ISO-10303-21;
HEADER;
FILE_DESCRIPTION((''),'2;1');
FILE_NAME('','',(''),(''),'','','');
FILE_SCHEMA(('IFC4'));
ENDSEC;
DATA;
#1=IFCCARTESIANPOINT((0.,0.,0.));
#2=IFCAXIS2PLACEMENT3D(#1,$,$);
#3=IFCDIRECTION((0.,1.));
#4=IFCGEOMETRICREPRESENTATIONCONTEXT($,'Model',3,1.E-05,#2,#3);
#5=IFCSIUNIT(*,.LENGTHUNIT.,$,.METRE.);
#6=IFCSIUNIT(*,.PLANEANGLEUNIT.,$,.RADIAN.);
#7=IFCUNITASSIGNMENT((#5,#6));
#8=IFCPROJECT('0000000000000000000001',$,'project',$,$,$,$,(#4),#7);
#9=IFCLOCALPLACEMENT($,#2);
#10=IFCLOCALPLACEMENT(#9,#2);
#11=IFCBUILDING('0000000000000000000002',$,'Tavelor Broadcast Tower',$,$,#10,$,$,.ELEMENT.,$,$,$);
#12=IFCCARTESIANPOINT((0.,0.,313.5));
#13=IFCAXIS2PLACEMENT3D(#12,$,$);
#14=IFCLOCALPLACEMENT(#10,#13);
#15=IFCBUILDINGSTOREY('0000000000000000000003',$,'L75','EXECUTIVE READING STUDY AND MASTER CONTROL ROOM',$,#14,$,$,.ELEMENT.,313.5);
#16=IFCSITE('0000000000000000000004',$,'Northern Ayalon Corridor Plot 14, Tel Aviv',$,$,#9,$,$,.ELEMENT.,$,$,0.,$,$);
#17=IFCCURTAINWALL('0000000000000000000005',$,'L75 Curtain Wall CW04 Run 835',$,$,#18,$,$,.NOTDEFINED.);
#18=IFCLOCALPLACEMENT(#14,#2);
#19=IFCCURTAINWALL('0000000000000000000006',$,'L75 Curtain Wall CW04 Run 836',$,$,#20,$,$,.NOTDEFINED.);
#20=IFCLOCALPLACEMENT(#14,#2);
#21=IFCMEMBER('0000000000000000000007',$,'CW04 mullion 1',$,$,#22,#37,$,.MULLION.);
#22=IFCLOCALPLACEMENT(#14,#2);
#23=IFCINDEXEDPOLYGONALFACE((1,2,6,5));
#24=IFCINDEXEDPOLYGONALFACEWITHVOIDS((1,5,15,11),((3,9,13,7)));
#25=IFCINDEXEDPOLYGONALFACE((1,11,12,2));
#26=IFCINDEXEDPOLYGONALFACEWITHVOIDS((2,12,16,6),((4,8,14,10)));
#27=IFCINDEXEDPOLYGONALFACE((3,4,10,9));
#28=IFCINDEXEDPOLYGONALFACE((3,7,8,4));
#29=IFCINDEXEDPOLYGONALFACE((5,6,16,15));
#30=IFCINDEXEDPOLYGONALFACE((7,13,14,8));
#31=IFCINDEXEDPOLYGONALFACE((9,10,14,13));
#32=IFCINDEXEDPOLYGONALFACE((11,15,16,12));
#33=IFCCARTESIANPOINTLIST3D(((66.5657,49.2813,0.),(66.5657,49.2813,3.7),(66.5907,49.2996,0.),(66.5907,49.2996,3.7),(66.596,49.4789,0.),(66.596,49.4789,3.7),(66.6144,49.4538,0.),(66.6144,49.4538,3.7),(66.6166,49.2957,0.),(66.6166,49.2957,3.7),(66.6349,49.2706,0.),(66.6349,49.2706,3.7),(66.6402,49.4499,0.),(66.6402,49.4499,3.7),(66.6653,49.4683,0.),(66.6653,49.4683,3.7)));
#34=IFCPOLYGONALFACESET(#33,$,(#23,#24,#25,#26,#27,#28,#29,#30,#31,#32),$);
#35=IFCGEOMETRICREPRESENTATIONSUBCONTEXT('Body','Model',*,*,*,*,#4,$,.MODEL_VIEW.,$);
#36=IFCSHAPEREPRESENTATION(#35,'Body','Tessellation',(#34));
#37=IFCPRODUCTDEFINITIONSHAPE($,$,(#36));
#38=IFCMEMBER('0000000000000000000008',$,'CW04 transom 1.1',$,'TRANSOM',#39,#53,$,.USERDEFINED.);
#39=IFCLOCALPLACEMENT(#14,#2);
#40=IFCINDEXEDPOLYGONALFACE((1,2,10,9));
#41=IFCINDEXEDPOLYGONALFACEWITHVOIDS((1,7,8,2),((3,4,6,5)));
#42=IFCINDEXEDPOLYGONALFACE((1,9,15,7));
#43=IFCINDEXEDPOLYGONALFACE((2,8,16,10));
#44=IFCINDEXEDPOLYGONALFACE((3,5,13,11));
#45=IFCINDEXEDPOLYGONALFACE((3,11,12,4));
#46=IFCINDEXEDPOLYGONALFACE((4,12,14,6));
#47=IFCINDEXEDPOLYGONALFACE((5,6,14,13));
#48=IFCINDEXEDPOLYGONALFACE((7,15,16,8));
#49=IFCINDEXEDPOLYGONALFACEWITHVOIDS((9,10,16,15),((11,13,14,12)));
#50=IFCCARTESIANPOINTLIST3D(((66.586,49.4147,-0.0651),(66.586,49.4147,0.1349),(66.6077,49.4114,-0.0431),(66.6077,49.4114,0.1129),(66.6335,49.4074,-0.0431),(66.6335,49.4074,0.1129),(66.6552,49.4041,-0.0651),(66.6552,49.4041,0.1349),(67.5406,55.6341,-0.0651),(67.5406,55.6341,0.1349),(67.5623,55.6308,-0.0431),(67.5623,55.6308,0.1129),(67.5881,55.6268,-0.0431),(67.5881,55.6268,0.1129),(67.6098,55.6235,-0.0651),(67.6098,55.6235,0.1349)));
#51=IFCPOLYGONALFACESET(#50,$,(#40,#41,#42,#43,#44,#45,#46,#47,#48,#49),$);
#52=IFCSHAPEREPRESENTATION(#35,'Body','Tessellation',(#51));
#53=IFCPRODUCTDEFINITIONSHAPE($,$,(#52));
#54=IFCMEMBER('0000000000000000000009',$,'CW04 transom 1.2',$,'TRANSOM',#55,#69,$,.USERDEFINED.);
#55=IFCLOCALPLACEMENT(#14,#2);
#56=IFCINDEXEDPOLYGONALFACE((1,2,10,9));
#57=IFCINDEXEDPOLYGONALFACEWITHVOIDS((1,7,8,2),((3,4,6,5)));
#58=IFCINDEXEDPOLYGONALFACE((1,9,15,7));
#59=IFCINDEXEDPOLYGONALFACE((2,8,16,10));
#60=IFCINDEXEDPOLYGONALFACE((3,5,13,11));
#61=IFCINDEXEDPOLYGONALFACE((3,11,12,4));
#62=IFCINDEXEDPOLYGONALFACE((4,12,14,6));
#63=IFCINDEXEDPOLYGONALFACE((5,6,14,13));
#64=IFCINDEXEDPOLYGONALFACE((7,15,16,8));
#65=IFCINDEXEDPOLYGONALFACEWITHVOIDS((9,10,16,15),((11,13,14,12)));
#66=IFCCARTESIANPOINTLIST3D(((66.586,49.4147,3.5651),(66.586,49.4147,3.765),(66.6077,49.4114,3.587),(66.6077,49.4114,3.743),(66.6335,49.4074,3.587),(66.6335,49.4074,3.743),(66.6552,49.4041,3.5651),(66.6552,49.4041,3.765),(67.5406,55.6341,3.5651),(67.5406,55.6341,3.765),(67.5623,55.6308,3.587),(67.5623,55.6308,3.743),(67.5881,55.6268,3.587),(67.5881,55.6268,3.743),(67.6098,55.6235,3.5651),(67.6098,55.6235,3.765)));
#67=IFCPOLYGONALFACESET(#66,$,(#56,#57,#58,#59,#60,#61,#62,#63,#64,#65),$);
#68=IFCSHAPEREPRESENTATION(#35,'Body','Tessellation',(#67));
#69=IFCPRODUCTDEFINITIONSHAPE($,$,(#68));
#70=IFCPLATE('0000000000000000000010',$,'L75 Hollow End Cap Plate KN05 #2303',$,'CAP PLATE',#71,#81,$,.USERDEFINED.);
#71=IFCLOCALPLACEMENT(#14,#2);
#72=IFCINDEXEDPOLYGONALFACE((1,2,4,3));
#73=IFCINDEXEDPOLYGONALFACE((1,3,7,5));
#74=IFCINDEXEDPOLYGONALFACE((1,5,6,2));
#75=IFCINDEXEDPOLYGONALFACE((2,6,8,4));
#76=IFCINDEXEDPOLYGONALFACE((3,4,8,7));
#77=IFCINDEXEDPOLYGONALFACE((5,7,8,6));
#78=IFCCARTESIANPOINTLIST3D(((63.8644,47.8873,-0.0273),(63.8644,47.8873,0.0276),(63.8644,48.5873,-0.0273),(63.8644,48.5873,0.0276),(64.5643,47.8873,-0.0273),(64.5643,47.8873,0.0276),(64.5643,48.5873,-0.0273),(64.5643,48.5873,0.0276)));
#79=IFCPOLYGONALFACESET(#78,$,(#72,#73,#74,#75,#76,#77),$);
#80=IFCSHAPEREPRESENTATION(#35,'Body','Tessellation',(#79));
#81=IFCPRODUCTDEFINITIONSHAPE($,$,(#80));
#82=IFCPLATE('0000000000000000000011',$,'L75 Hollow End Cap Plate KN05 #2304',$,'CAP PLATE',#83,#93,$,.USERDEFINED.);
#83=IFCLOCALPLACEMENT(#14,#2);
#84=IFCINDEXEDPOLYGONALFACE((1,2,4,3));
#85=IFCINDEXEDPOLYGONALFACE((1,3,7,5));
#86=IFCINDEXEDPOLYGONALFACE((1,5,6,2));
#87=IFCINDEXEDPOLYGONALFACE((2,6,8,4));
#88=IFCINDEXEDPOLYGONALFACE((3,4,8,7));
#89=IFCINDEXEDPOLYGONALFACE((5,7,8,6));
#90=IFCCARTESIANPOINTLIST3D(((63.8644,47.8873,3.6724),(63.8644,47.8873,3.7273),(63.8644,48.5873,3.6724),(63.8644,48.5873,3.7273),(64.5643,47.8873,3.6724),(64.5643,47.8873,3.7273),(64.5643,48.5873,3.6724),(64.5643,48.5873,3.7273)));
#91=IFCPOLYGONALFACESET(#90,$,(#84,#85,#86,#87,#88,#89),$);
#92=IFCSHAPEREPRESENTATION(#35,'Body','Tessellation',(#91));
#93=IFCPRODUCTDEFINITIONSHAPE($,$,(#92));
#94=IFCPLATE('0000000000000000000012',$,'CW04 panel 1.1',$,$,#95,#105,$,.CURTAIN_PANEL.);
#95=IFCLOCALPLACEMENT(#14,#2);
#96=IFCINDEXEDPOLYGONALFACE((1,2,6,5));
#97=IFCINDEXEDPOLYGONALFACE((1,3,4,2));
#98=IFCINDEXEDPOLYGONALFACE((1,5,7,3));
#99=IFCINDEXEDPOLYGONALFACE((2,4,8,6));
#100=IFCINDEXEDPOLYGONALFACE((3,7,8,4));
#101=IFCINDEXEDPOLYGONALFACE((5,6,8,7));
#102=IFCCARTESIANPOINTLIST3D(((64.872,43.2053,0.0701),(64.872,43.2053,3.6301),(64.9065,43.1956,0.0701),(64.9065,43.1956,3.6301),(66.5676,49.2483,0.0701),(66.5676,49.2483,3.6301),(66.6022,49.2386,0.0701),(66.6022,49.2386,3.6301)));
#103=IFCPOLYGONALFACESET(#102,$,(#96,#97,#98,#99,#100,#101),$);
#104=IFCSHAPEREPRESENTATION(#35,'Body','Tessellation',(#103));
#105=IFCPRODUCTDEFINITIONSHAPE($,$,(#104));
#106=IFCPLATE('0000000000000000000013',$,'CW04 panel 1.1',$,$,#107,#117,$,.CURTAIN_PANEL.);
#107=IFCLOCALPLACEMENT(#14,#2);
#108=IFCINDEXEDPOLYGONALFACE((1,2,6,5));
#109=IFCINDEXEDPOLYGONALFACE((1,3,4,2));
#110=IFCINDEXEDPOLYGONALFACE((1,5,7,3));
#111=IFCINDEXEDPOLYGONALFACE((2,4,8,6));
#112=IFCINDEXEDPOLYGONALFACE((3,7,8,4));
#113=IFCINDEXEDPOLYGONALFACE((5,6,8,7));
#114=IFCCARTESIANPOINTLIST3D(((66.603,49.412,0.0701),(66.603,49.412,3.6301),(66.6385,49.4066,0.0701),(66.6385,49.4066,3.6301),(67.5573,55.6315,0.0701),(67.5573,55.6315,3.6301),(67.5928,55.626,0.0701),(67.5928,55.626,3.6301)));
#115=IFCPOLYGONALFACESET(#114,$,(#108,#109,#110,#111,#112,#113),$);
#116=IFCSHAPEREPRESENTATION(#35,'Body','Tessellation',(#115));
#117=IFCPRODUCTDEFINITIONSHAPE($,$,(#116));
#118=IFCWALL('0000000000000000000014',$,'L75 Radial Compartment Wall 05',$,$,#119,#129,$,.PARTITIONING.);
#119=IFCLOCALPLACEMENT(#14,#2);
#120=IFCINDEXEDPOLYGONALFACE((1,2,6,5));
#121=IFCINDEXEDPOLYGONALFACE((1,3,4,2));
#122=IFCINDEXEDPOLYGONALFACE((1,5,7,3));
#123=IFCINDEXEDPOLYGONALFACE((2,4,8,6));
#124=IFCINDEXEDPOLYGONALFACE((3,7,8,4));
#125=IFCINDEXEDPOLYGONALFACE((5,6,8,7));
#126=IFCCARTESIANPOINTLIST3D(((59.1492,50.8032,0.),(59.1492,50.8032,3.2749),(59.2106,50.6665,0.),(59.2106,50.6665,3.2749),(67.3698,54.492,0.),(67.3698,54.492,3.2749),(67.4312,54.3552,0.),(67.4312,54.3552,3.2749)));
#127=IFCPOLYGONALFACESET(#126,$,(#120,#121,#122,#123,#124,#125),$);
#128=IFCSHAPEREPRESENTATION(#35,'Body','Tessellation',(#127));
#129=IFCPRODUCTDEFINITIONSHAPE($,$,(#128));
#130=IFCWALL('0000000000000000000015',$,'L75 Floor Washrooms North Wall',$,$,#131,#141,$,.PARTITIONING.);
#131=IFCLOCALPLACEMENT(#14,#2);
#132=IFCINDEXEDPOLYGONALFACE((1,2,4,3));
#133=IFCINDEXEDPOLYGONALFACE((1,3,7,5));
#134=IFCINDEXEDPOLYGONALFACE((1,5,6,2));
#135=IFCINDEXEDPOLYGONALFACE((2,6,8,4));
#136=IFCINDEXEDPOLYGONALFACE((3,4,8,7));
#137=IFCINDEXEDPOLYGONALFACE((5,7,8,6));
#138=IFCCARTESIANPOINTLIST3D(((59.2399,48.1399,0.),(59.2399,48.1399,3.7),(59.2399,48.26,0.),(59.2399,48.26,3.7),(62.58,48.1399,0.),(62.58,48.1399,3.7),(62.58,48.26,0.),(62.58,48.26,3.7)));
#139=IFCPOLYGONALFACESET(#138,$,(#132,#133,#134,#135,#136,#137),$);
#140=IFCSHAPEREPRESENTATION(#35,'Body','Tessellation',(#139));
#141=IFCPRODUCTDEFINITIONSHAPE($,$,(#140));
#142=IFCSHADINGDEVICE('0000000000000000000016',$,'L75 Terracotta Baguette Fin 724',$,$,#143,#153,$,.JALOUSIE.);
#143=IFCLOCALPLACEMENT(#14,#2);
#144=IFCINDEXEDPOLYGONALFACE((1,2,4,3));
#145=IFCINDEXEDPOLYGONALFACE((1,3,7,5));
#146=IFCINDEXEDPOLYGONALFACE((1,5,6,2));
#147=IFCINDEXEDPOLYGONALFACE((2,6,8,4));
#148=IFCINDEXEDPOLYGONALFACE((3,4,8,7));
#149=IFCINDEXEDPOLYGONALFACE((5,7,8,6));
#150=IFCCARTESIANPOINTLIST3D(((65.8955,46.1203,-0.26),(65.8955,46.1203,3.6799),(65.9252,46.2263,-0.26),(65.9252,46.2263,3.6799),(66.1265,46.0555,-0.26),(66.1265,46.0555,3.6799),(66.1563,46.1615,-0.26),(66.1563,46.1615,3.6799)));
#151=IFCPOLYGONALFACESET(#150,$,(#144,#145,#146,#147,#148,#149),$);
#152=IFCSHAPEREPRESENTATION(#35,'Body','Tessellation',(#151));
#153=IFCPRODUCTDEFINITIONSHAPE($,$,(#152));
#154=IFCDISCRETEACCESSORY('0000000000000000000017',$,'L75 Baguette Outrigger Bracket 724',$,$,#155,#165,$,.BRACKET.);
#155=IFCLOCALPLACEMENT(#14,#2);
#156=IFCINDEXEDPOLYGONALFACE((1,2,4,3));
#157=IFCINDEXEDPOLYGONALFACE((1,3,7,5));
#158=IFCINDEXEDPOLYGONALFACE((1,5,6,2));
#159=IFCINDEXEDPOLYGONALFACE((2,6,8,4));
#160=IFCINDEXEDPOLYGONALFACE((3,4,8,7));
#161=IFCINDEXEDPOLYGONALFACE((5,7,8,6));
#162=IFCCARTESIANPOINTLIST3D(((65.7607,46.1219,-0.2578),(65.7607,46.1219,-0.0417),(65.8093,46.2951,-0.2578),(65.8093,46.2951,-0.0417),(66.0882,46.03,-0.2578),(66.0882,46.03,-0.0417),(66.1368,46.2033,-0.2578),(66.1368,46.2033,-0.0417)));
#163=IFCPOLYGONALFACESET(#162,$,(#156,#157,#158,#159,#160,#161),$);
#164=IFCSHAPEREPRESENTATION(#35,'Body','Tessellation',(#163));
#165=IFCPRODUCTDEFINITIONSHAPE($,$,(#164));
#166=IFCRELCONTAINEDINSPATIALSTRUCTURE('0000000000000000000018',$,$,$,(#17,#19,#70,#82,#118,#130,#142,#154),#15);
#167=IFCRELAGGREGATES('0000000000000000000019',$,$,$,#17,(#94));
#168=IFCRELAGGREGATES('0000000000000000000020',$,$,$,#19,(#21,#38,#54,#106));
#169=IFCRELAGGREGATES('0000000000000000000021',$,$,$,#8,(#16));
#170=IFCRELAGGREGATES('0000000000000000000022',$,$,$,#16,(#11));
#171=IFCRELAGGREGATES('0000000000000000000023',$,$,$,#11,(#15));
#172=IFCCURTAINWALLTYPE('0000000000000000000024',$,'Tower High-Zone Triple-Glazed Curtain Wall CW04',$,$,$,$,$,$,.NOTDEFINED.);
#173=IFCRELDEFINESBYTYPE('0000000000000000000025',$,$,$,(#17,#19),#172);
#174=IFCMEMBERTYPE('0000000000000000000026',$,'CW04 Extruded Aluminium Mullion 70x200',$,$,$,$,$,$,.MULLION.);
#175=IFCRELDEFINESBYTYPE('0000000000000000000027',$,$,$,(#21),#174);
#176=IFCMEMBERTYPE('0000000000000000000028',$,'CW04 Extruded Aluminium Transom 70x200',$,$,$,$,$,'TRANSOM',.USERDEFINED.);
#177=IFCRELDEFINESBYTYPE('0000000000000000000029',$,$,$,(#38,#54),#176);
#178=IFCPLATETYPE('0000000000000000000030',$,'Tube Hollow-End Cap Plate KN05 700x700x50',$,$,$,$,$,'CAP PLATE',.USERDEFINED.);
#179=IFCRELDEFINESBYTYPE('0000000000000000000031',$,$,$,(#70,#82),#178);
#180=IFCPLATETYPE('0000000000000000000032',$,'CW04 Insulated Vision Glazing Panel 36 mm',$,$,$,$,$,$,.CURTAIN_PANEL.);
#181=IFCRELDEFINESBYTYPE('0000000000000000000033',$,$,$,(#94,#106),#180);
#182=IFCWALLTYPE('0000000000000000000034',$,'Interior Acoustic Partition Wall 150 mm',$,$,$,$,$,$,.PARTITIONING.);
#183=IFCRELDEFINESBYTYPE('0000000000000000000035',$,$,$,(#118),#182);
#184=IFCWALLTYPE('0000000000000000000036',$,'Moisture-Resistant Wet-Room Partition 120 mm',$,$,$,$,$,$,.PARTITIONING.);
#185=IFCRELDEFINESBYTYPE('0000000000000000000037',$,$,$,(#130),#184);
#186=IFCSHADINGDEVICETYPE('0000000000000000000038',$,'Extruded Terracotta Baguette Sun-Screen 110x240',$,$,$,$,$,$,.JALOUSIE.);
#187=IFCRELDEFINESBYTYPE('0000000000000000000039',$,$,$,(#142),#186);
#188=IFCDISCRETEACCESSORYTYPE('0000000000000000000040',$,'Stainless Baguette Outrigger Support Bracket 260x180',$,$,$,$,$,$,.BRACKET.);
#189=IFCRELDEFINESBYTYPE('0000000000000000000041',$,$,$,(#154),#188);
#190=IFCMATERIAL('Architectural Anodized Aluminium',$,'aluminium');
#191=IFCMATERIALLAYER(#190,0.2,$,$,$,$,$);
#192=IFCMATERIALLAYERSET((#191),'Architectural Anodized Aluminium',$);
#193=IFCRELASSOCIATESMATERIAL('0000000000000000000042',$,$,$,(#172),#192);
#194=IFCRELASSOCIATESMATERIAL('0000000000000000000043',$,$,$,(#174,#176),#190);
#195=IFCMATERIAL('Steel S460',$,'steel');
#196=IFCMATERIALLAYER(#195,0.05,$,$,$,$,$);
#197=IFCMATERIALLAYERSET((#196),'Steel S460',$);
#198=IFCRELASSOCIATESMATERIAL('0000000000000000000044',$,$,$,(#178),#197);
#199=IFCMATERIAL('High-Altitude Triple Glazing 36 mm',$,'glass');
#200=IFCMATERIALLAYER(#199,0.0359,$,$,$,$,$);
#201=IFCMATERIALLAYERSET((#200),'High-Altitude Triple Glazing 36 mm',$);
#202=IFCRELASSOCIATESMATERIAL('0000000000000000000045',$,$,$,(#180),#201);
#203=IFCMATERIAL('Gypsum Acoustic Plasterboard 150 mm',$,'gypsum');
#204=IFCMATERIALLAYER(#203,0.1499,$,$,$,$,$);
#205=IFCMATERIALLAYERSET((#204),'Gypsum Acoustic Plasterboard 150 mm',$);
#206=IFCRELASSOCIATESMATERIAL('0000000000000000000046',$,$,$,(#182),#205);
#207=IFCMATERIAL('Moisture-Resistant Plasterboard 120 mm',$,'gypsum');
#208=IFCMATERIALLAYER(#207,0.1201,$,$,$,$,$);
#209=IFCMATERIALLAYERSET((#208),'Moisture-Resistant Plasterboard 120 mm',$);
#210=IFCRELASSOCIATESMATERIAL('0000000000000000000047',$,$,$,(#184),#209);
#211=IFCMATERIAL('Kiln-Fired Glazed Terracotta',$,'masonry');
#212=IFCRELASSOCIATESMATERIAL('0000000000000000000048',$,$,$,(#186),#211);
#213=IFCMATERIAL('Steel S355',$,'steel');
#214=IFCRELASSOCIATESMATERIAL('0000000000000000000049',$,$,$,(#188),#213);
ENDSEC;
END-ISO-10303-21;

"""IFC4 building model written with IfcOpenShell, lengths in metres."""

from ifc_helpers import new_model, si_unit, direction, frame, frame_2d, origin, origin_2d, place, context, subcontext, project, spatial, rectangle, hollow_rectangle, extrude, source, transform, mapped, material, layer, layer_set, material_profile, profile_set, type_object, type_shapes, element, aggregate, save


model = new_model("IFC4")

# Units and contexts
model_context = context("Model", 3, precision=1e-05, world=origin(), true_north=direction((0.0, 1.0)))
body_context = subcontext(model_context, "Body", "Model", "MODEL_VIEW")
ifc_project = project(units=[si_unit("LENGTHUNIT", "METRE"), si_unit("PLANEANGLEUNIT", "RADIAN")], contexts=[model_context])

# Site, building, storey
site_placement = place(None, origin())
site = spatial("IfcSite", under=ifc_project, at=site_placement, Name="Northern Ayalon Corridor Plot 14, Tel Aviv", CompositionType="ELEMENT", RefElevation=0.0)
building_placement = place(site_placement, origin())
building = spatial("IfcBuilding", under=site, at=building_placement, Name="Tavelor Broadcast Tower", CompositionType="ELEMENT")
storey_placement = place(building_placement, frame((0.0, 0.0, 313.5)))
storey = spatial("IfcBuildingStorey", under=building, at=storey_placement, Name="L75", Description="EXECUTIVE READING STUDY AND MASTER CONTROL ROOM", CompositionType="ELEMENT", Elevation=313.5)

# Shared definitions
ifc_material_1 = material(Name="Steel S460", Category="steel")

# Shared definitions
ifc_material_2 = material(Name="Steel S355", Category="steel")

# Curtain wall
ifc_material_3 = material(Name="Architectural Anodized Aluminium", Category="aluminium")
ifc_layer_1 = layer(ifc_material_3, 0.2)
ifc_layer_set_1 = layer_set([ifc_layer_1], Name="Architectural Anodized Aluminium")
curtain_wall_type = type_object("IfcCurtainWallType", Name="Tower High-Zone Triple-Glazed Curtain Wall CW04", PredefinedType="NOTDEFINED", material=ifc_layer_set_1)
curtain_wall_1_placement = place(storey_placement, origin())
curtain_wall_1 = element("IfcCurtainWall", 1, at=curtain_wall_1_placement, inside=storey, type_object=curtain_wall_type, Name="L75 Curtain Wall CW04 Run 835", PredefinedType="NOTDEFINED")
ifc_material_profile_1 = material_profile(ifc_material_3, hollow_rectangle(XDim=0.0701, YDim=0.2, WallThickness=0.022, at=origin_2d()), Name="RHS 70x200x22")
ifc_profile_set_1 = profile_set([ifc_material_profile_1], Name="Architectural Anodized Aluminium")
member_type_1 = type_object("IfcMemberType", Name="CW04 Extruded Aluminium Mullion 70x200", PredefinedType="MULLION", material=ifc_profile_set_1)
shared_shape_1 = source(origin(), body_context, "Body", "SweptSolid", [
    extrude(hollow_rectangle(XDim=0.0701, YDim=0.2, WallThickness=0.022, at=origin_2d()), origin(), (0.0, 0.0, 1.0), 3.7),
])
type_shapes(member_type_1, [shared_shape_1])

# Curtain wall, members
curtain_wall_2_placement = place(storey_placement, origin())
curtain_wall_2 = element("IfcCurtainWall", 2, at=curtain_wall_2_placement, inside=storey, type_object=curtain_wall_type, Name="L75 Curtain Wall CW04 Run 836", PredefinedType="NOTDEFINED")
member_1_placement = place(storey_placement, frame((66.6155, 49.3748, 0.0), z_axis=(0.0, 0.0, 1.0), x_axis=(-0.988431, 0.151674, 0.0)))
member_1 = element("IfcMember", 3, at=member_1_placement, type_object=member_type_1, Name="CW04 mullion 1", PredefinedType="MULLION", context=body_context, shape_type="MappedRepresentation", body=[
    mapped(shared_shape_1, transform((0.0, 0.0, 0.0), scale=1.0)),
])
ifc_material_profile_2 = material_profile(ifc_material_3, hollow_rectangle(XDim=0.0701, YDim=0.2, WallThickness=0.022, at=origin_2d()), Name="RHS 70x200x22")
ifc_profile_set_2 = profile_set([ifc_material_profile_2], Name="Architectural Anodized Aluminium")
member_type_2 = type_object("IfcMemberType", Name="CW04 Extruded Aluminium Transom 70x200", ElementType="TRANSOM", PredefinedType="USERDEFINED", material=ifc_profile_set_2)
shared_shape_2 = source(origin(), body_context, "Body", "SweptSolid", [
    extrude(hollow_rectangle(XDim=0.0701, YDim=0.2, WallThickness=0.022, at=origin_2d()), origin(), (0.0, 0.0, 1.0), 6.2922),
])
type_shapes(member_type_2, [shared_shape_2])
member_2_placement = place(storey_placement, frame((66.6206, 49.4094, 0.0349), z_axis=(0.151707, 0.988425, 0.0), x_axis=(-0.988425, 0.151707, 0.0)))
member_2 = element("IfcMember", 4, at=member_2_placement, type_object=member_type_2, Name="CW04 transom 1.1", ObjectType="TRANSOM", PredefinedType="USERDEFINED", context=body_context, shape_type="MappedRepresentation", body=[
    mapped(shared_shape_2, transform((0.0, 0.0, 0.0), scale=1.0)),
])
member_3_placement = place(storey_placement, frame((66.6206, 49.4094, 3.665), z_axis=(0.151707, 0.988425, 0.0), x_axis=(-0.988425, 0.151707, 0.0)))
member_3 = element("IfcMember", 5, at=member_3_placement, type_object=member_type_2, Name="CW04 transom 1.2", ObjectType="TRANSOM", PredefinedType="USERDEFINED", context=body_context, shape_type="MappedRepresentation", body=[
    mapped(shared_shape_2, transform((0.0, 0.0, 0.0), scale=1.0)),
])

# Plates
ifc_layer_2 = layer(ifc_material_1, 0.05)
ifc_layer_set_2 = layer_set([ifc_layer_2], Name="Steel S460")
plate_type_1 = type_object("IfcPlateType", Name="Tube Hollow-End Cap Plate KN05 700x700x50", ElementType="CAP PLATE", PredefinedType="USERDEFINED", material=ifc_layer_set_2)
shared_shape_3 = source(origin(), body_context, "Body", "SweptSolid", [
    extrude(rectangle(XDim=0.7, YDim=0.7, at=origin_2d()), origin(), (0.0, 0.0, 1.0), 0.0549),
])
type_shapes(plate_type_1, [shared_shape_3])
for number, where, z_axis, x_axis, name in (
    (6, (64.2144, 48.2373, -0.0273), (0.0, 0.0, 1.0), (1.0, 0.0, 0.0), "L75 Hollow End Cap Plate KN05 #2303"),
    (7, (64.2144, 48.2373, 3.6724), (0.0, 0.0, 1.0), (1.0, 0.0, 0.0), "L75 Hollow End Cap Plate KN05 #2304"),
):
    element("IfcPlate", number, at=place(storey_placement, frame(where, z_axis=z_axis, x_axis=x_axis)), inside=storey, type_object=plate_type_1, Name=name, ObjectType="CAP PLATE", PredefinedType="USERDEFINED", context=body_context, shape_type="MappedRepresentation", body=[
        mapped(shared_shape_3, transform((0.0, 0.0, 0.0), scale=1.0)),
    ])

# Plates
ifc_material_4 = material(Name="High-Altitude Triple Glazing 36 mm", Category="glass")
ifc_layer_3 = layer(ifc_material_4, 0.0359)
ifc_layer_set_3 = layer_set([ifc_layer_3], Name="High-Altitude Triple Glazing 36 mm")
plate_type_2 = type_object("IfcPlateType", Name="CW04 Insulated Vision Glazing Panel 36 mm", PredefinedType="CURTAIN_PANEL", material=ifc_layer_set_3)
shared_shape_4 = source(origin(), body_context, "Body", "SweptSolid", [
    extrude(rectangle(XDim=6.2764, YDim=0.0359, at=origin_2d()), origin(), (0.0, 0.0, 1.0), 3.5601),
])
plate_1_placement = place(storey_placement, frame((65.7371, 46.2219, 0.0701), z_axis=(0.0, 0.0, 1.0), x_axis=(0.270167, 0.962813, 0.0)))
plate_1 = element("IfcPlate", 8, at=plate_1_placement, type_object=plate_type_2, Name="CW04 panel 1.1", PredefinedType="CURTAIN_PANEL", context=body_context, shape_type="MappedRepresentation", body=[
    mapped(shared_shape_4, transform((0.0, 0.0, 0.0), scale=1.0)),
])
aggregate(curtain_wall_1, [plate_1])
shared_shape_5 = source(origin(), body_context, "Body", "SweptSolid", [
    extrude(rectangle(XDim=6.2922, YDim=0.0359, at=origin_2d()), origin(), (0.0, 0.0, 1.0), 3.5601),
])
type_shapes(plate_type_2, [shared_shape_4, shared_shape_5])
plate_2_placement = place(storey_placement, frame((67.0979, 52.519, 0.0701), z_axis=(0.0, 0.0, 1.0), x_axis=(0.151674, 0.988431, 0.0)))
plate_2 = element("IfcPlate", 9, at=plate_2_placement, type_object=plate_type_2, Name="CW04 panel 1.1", PredefinedType="CURTAIN_PANEL", context=body_context, shape_type="MappedRepresentation", body=[
    mapped(shared_shape_5, transform((0.0, 0.0, 0.0), scale=1.0)),
])
aggregate(curtain_wall_2, [member_1, member_2, member_3, plate_2])

# Walls
ifc_material_5 = material(Name="Gypsum Acoustic Plasterboard 150 mm", Category="gypsum")
ifc_layer_4 = layer(ifc_material_5, 0.1499)
ifc_layer_set_4 = layer_set([ifc_layer_4], Name="Gypsum Acoustic Plasterboard 150 mm")
wall_type_1 = type_object("IfcWallType", Name="Interior Acoustic Partition Wall 150 mm", PredefinedType="PARTITIONING", material=ifc_layer_set_4)
wall_1_placement = place(storey_placement, frame((59.1799, 50.7349, 0.0), z_axis=(0.0, 0.0, 1.0), x_axis=(0.912357, 0.409397, 0.0)))
element("IfcWall", 10, at=wall_1_placement, inside=storey, type_object=wall_type_1, Name="L75 Radial Compartment Wall 05", PredefinedType="PARTITIONING", context=body_context, shape_type="SweptSolid", body=[
    extrude(rectangle(XDim=9.0103, YDim=0.1499, at=frame_2d((4.5051, 0.0))), origin(), (0.0, 0.0, 1.0), 3.2749),
])
ifc_material_6 = material(Name="Moisture-Resistant Plasterboard 120 mm", Category="gypsum")
ifc_layer_5 = layer(ifc_material_6, 0.1201)
ifc_layer_set_5 = layer_set([ifc_layer_5], Name="Moisture-Resistant Plasterboard 120 mm")
wall_type_2 = type_object("IfcWallType", Name="Moisture-Resistant Wet-Room Partition 120 mm", PredefinedType="PARTITIONING", material=ifc_layer_set_5)
wall_2_placement = place(storey_placement, frame((59.24, 48.2, 0.0), z_axis=(0.0, 0.0, 1.0), x_axis=(1.0, 0.0, 0.0)))
element("IfcWall", 11, at=wall_2_placement, inside=storey, type_object=wall_type_2, Name="L75 Floor Washrooms North Wall", PredefinedType="PARTITIONING", context=body_context, shape_type="SweptSolid", body=[
    extrude(rectangle(XDim=3.3401, YDim=0.1201, at=frame_2d((1.6699, 0.0))), origin(), (0.0, 0.0, 1.0), 3.7),
])

# Shading device
ifc_material_7 = material(Name="Kiln-Fired Glazed Terracotta", Category="masonry")
shading_device_type = type_object("IfcShadingDeviceType", Name="Extruded Terracotta Baguette Sun-Screen 110x240", PredefinedType="JALOUSIE", material=ifc_material_7)
shared_shape_6 = source(origin(), body_context, "Body", "SweptSolid", [
    extrude(rectangle(XDim=0.1101, YDim=0.24, at=origin_2d()), origin(), (0.0, 0.0, 1.0), 3.9399),
])
type_shapes(shading_device_type, [shared_shape_6])
shading_device_placement = place(storey_placement, frame((66.0259, 46.1409, -0.26), z_axis=(0.0, 0.0, 1.0), x_axis=(0.270096, 0.962833, 0.0)))
element("IfcShadingDevice", 12, at=shading_device_placement, inside=storey, type_object=shading_device_type, Name="L75 Terracotta Baguette Fin 724", PredefinedType="JALOUSIE", context=body_context, shape_type="MappedRepresentation", body=[
    mapped(shared_shape_6, transform((0.0, 0.0, 0.0), scale=1.0)),
])

# Discrete accessory
discrete_accessory_type = type_object("IfcDiscreteAccessoryType", Name="Stainless Baguette Outrigger Support Bracket 260x180", PredefinedType="BRACKET", material=ifc_material_2)
shared_shape_7 = source(origin(), body_context, "Body", "SweptSolid", [
    extrude(rectangle(XDim=0.1799, YDim=0.3401, at=origin_2d()), origin(), (0.0, 0.0, 1.0), 0.2161),
])
type_shapes(discrete_accessory_type, [shared_shape_7])
discrete_accessory_placement = place(storey_placement, frame((65.9487, 46.1626, -0.2578), z_axis=(0.0, 0.0, 1.0), x_axis=(0.270096, 0.962833, 0.0)))
element("IfcDiscreteAccessory", 13, at=discrete_accessory_placement, inside=storey, type_object=discrete_accessory_type, Name="L75 Baguette Outrigger Bracket 724", PredefinedType="BRACKET", context=body_context, shape_type="MappedRepresentation", body=[
    mapped(shared_shape_7, transform((0.0, 0.0, 0.0), scale=1.0)),
])

save(model, "model.ifc")
